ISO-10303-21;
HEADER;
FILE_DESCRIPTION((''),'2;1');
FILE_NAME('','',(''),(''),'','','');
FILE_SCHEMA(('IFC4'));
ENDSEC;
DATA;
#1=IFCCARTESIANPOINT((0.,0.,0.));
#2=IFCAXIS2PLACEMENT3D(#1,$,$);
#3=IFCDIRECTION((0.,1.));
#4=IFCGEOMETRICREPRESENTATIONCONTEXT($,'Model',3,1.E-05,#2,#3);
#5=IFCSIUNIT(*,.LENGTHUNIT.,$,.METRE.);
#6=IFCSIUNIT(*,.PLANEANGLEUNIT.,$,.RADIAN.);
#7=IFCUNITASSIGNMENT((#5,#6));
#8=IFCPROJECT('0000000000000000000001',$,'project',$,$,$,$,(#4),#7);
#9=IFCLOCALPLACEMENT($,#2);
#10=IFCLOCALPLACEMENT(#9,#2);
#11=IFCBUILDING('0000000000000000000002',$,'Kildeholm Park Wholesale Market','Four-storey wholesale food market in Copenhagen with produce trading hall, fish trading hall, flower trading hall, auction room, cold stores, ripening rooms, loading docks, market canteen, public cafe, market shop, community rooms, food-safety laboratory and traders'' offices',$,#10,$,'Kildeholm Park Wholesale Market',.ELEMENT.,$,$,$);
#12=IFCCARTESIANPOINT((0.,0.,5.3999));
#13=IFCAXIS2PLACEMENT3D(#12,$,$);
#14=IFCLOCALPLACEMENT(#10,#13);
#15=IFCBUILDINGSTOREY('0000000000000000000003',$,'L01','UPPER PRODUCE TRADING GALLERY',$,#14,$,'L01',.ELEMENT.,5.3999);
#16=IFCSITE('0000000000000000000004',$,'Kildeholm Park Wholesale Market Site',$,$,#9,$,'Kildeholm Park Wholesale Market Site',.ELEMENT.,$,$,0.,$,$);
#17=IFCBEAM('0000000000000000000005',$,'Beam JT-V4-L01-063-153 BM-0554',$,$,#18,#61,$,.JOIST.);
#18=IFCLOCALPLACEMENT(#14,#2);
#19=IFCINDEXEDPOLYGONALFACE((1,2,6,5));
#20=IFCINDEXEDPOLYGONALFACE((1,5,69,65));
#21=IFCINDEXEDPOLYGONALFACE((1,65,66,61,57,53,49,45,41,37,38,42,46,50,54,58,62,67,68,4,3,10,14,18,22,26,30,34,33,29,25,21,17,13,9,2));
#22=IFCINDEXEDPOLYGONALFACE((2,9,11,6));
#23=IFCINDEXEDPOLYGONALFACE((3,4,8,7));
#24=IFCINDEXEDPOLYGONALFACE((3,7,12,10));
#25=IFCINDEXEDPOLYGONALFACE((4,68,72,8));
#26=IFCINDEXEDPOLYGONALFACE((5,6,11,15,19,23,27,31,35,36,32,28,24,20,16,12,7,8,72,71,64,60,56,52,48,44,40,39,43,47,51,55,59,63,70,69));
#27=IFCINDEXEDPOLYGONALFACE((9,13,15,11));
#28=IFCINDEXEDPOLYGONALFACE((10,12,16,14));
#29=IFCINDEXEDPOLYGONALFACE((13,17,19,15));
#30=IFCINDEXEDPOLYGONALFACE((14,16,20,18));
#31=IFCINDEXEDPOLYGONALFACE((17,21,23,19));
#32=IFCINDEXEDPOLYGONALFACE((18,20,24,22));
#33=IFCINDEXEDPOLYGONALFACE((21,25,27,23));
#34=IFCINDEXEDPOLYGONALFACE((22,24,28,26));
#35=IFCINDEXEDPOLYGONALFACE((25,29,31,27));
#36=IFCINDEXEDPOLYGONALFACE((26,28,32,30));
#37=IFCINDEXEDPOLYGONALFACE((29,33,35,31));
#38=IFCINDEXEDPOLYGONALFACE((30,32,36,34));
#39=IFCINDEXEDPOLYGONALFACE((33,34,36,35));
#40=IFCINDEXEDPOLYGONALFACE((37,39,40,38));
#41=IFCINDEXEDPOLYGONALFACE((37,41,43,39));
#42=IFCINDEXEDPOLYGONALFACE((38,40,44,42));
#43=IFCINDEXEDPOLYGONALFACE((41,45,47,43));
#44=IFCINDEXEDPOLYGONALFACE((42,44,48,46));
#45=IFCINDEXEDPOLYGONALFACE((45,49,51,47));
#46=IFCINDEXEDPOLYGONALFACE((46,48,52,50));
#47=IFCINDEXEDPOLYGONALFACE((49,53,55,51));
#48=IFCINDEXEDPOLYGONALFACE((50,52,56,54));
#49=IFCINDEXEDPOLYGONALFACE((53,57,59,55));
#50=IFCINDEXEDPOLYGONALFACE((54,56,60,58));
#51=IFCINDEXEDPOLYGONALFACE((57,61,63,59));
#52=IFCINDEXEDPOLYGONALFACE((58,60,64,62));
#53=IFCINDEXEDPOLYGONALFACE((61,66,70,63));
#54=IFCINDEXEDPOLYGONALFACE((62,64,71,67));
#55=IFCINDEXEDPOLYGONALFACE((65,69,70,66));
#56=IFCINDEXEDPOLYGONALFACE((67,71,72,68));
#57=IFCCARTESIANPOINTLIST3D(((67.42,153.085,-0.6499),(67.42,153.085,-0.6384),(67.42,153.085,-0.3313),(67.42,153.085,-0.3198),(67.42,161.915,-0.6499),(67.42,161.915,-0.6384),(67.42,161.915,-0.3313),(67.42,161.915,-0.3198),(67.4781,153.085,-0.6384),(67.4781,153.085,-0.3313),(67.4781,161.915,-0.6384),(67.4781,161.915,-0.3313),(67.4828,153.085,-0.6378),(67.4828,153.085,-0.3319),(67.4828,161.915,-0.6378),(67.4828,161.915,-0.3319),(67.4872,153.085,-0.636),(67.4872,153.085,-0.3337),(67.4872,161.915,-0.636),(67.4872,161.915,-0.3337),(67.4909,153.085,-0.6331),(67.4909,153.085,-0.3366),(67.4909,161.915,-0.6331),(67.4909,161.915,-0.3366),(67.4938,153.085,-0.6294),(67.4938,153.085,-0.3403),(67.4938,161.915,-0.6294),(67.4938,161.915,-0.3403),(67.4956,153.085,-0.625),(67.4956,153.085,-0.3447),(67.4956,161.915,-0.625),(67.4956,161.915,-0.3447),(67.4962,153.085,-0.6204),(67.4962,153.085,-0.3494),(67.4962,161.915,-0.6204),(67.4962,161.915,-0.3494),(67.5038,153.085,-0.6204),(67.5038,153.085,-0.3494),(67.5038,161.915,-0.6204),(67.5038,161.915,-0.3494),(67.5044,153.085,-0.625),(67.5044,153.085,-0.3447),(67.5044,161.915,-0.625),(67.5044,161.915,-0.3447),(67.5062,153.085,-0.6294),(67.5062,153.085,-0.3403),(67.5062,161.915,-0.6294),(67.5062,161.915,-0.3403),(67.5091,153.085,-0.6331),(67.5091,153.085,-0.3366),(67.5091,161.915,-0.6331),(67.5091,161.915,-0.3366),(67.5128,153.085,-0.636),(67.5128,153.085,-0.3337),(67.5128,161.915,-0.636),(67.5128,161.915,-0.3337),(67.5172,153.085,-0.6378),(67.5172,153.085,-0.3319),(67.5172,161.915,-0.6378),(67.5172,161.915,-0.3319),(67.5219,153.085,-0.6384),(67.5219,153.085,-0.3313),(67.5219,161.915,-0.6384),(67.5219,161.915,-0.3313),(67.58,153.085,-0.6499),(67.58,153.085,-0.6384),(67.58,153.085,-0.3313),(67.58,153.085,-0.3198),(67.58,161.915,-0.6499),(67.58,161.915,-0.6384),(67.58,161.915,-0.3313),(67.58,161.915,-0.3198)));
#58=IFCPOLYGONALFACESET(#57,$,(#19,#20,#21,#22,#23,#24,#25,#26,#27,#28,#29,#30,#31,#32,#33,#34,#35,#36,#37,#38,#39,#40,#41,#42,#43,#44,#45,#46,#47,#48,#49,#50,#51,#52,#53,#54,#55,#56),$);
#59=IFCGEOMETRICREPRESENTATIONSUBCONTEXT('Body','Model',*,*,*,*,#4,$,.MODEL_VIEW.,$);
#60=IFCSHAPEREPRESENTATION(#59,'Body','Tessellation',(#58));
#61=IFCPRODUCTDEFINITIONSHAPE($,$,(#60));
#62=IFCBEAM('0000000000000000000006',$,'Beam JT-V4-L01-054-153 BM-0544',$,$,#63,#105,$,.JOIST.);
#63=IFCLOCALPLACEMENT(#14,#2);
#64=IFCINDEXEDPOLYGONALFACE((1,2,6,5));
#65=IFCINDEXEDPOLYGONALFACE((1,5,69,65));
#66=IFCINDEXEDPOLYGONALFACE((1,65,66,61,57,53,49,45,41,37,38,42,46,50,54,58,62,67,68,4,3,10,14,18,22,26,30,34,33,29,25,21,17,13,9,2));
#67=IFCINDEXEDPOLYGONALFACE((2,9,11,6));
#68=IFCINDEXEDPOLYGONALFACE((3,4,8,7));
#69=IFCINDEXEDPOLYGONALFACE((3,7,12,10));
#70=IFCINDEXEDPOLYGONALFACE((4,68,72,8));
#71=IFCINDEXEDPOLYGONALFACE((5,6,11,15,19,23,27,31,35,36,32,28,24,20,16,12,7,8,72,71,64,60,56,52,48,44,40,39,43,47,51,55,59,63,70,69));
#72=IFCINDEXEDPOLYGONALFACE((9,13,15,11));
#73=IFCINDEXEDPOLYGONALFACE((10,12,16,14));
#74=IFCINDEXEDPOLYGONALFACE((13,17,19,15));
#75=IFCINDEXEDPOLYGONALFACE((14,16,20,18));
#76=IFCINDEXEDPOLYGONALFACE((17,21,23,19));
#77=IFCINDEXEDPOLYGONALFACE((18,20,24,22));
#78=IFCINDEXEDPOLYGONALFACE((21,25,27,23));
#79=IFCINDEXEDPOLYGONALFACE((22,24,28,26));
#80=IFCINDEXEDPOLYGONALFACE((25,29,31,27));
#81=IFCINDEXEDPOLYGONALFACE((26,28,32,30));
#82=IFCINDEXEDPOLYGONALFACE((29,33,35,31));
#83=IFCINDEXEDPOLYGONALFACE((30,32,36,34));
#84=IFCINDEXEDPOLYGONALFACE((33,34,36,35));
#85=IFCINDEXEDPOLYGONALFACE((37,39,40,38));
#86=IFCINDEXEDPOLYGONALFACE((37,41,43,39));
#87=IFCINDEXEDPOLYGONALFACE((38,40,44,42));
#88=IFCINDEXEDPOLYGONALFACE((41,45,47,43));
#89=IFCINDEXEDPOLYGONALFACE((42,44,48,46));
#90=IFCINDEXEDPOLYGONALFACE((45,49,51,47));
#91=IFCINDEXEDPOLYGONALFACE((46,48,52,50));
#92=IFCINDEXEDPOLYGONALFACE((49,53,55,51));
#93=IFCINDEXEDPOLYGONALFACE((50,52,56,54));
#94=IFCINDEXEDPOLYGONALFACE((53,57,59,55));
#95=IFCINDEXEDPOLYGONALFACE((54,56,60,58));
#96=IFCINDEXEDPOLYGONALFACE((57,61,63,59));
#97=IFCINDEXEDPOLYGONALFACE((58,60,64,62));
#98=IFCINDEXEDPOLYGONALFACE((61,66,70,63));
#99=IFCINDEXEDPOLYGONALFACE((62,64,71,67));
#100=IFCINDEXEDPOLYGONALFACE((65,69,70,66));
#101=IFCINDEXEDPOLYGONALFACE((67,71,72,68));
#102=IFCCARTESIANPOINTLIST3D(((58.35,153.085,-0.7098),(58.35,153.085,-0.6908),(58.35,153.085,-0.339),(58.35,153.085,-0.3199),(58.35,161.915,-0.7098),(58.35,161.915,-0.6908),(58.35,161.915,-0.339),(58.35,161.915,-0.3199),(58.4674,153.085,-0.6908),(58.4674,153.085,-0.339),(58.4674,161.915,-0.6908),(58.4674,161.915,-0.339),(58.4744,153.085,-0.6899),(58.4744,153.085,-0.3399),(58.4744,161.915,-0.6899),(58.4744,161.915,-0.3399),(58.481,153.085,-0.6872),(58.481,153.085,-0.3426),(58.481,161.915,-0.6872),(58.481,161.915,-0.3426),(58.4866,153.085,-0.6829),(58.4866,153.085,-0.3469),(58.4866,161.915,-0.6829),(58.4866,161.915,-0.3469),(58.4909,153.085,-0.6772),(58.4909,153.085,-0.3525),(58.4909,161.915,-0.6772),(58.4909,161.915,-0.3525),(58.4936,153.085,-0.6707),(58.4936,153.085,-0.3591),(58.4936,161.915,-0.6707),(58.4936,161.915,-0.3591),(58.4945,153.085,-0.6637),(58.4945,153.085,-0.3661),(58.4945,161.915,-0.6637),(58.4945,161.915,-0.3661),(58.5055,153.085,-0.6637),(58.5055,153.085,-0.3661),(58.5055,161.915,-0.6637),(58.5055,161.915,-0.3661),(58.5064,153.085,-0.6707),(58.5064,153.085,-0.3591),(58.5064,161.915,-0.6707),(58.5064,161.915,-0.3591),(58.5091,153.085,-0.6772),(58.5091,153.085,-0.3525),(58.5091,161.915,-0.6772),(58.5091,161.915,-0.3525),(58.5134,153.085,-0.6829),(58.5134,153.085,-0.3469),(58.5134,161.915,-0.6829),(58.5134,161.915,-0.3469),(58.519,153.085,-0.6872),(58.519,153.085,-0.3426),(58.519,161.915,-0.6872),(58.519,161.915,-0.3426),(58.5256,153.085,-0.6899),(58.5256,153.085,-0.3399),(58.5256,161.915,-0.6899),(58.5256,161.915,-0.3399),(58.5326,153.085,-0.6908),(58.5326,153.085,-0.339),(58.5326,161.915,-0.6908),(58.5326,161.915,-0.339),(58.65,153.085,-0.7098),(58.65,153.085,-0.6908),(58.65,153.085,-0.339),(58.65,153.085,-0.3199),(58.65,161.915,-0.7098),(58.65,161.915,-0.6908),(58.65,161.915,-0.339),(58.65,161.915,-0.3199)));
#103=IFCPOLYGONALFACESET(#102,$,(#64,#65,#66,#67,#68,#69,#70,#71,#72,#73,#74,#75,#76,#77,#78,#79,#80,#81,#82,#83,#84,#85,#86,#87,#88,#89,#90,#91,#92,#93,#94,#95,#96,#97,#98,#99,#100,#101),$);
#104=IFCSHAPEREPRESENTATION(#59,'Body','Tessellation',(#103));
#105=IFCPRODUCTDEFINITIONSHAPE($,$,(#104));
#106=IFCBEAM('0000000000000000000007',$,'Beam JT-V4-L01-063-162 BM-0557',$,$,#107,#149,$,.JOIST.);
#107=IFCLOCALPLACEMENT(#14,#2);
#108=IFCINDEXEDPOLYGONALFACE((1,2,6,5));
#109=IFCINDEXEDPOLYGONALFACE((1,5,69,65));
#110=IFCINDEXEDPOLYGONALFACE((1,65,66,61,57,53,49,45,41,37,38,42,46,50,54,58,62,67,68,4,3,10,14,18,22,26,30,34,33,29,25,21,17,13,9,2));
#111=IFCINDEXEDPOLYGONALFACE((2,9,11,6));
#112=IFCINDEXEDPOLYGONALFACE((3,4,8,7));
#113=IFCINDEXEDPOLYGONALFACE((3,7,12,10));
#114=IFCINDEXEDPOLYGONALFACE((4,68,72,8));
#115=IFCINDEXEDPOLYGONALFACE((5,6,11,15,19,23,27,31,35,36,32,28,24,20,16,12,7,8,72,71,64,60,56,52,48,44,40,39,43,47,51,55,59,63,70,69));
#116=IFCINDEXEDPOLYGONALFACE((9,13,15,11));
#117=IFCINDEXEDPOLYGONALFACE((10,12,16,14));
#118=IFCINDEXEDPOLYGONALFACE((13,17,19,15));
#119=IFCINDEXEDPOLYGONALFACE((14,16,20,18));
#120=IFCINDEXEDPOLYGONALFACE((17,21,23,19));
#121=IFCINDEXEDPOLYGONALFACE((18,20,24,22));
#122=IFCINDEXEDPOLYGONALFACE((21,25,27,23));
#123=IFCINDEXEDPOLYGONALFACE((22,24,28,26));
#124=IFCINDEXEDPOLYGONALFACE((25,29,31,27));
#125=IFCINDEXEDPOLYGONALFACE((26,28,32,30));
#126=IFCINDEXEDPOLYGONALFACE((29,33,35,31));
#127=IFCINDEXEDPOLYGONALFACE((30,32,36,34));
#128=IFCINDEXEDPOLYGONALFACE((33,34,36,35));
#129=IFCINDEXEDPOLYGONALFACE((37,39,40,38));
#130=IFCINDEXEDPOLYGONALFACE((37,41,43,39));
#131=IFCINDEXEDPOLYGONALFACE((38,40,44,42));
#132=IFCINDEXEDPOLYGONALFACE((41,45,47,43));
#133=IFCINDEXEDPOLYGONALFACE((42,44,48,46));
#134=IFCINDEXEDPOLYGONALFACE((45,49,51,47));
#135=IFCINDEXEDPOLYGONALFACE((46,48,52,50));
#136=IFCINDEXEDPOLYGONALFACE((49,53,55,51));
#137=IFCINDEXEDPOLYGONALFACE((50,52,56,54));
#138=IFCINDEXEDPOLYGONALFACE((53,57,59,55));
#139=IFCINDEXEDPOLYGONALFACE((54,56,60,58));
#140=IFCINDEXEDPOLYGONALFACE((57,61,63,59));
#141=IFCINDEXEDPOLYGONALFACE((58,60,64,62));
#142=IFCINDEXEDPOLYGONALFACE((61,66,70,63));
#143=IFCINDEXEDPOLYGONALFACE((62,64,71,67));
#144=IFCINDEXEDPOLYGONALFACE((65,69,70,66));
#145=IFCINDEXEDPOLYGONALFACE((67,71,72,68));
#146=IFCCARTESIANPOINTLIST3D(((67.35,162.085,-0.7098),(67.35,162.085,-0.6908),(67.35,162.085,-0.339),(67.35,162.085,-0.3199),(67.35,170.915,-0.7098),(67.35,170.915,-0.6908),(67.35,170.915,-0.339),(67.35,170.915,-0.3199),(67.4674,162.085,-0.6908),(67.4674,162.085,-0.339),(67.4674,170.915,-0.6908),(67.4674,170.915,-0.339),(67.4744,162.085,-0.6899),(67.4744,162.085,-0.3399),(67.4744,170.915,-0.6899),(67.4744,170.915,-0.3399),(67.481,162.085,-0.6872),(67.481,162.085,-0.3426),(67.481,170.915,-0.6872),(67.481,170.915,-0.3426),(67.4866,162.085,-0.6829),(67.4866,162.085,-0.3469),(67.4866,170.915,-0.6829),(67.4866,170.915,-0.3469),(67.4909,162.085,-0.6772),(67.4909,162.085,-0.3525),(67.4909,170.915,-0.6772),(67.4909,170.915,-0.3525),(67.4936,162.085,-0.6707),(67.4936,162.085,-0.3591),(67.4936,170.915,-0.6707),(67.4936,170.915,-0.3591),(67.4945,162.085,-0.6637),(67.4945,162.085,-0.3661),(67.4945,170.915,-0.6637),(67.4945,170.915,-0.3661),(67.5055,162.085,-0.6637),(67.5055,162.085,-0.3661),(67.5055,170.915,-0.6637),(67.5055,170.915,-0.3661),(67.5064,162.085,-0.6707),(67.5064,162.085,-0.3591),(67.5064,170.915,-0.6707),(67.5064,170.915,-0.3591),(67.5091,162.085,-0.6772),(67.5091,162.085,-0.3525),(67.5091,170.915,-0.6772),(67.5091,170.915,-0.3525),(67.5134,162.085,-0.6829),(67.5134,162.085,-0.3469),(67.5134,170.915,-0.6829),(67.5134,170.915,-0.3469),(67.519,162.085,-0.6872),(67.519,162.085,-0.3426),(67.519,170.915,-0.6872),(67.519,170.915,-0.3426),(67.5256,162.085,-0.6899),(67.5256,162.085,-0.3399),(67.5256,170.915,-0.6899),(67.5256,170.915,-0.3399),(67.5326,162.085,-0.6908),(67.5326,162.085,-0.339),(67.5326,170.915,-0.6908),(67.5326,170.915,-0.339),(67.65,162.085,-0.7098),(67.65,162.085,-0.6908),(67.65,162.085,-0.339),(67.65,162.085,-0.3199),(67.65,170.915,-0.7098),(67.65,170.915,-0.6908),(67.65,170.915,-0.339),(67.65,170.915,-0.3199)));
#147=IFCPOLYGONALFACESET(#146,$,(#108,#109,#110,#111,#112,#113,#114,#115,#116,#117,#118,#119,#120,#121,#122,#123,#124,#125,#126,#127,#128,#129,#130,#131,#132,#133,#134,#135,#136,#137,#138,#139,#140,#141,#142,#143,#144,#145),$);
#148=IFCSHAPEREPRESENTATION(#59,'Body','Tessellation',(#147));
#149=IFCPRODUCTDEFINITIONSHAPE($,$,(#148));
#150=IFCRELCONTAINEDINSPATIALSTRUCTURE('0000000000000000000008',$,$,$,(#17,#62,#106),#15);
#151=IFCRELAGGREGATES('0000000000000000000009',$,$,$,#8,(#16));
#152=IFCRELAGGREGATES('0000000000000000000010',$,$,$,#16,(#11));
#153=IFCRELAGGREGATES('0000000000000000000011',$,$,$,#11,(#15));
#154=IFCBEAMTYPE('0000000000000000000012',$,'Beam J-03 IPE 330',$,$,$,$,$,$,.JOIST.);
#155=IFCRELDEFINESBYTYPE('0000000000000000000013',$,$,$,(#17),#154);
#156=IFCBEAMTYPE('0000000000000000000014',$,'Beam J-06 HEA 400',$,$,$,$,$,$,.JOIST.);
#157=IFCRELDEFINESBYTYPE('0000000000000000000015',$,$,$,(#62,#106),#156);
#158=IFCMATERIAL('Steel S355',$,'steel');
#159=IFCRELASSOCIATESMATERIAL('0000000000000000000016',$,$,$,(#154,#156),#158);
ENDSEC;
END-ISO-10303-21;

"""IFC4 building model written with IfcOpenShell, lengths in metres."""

from ifc_helpers import new_model, si_unit, direction, frame, origin, origin_2d, place, context, subcontext, project, spatial, i_section, extrude, material, material_profile, profile_set, type_object, element, save


model = new_model("IFC4")

# Units and contexts
model_context = context("Model", 3, precision=1e-05, world=origin(), true_north=direction((0.0, 1.0)))
body_context = subcontext(model_context, "Body", "Model", "MODEL_VIEW")
ifc_project = project(units=[si_unit("LENGTHUNIT", "METRE"), si_unit("PLANEANGLEUNIT", "RADIAN")], contexts=[model_context])

# Site, building, storey
site_placement = place(None, origin())
site = spatial("IfcSite", under=ifc_project, at=site_placement, Name="Kildeholm Park Wholesale Market Site", LongName="Kildeholm Park Wholesale Market Site", CompositionType="ELEMENT", RefElevation=0.0)
building_placement = place(site_placement, origin())
building = spatial("IfcBuilding", under=site, at=building_placement, Name="Kildeholm Park Wholesale Market", Description="Four-storey wholesale food market in Copenhagen with produce trading hall, fish trading hall, flower trading hall, auction room, cold stores, ripening rooms, loading docks, market canteen, public cafe, market shop, community rooms, food-safety laboratory and traders' offices", LongName="Kildeholm Park Wholesale Market", CompositionType="ELEMENT")
storey_placement = place(building_placement, frame((0.0, 0.0, 5.3999)))
storey = spatial("IfcBuildingStorey", under=building, at=storey_placement, Name="L01", Description="UPPER PRODUCE TRADING GALLERY", LongName="L01", CompositionType="ELEMENT", Elevation=5.3999)

# Beams
ifc_material_1 = material(Name="Steel S355", Category="steel")
ifc_material_profile_1 = material_profile(ifc_material_1, i_section(OverallWidth=0.1599, OverallDepth=0.3301, WebThickness=0.0076, FlangeThickness=0.0115, FilletRadius=0.0181, at=origin_2d()), Name="IPE 330")
ifc_profile_set_1 = profile_set([ifc_material_profile_1], Name="Steel S355")
beam_type_1 = type_object("IfcBeamType", Name="Beam J-03 IPE 330", PredefinedType="JOIST", material=ifc_profile_set_1)
for number, where, z_axis, x_axis, name in (
    (1, (67.5, 153.085, -0.4849), (0.0, 1.0, 0.0), (-1.0, 0.0, 0.0), "Beam JT-V4-L01-063-153 BM-0554"),
):
    element("IfcBeam", number, at=place(storey_placement, frame(where, z_axis=z_axis, x_axis=x_axis)), inside=storey, type_object=beam_type_1, Name=name, PredefinedType="JOIST", context=body_context, shape_type="SweptSolid", body=[
        extrude(i_section(OverallWidth=0.1599, OverallDepth=0.3301, WebThickness=0.0076, FlangeThickness=0.0115, FilletRadius=0.0181, at=origin_2d()), origin(), (0.0, 0.0, 1.0), 8.8301),
    ])
ifc_material_profile_2 = material_profile(ifc_material_1, i_section(OverallWidth=0.3, OverallDepth=0.3899, WebThickness=0.011, FlangeThickness=0.019, FilletRadius=0.0271, at=origin_2d()), Name="HEA 400")
ifc_profile_set_2 = profile_set([ifc_material_profile_2], Name="Steel S355")
beam_type_2 = type_object("IfcBeamType", Name="Beam J-06 HEA 400", PredefinedType="JOIST", material=ifc_profile_set_2)
for number, where, z_axis, x_axis, name in (
    (2, (58.5, 153.085, -0.5149), (0.0, 1.0, 0.0), (-1.0, 0.0, 0.0), "Beam JT-V4-L01-054-153 BM-0544"),
    (3, (67.5, 162.085, -0.5149), (0.0, 1.0, 0.0), (-1.0, 0.0, 0.0), "Beam JT-V4-L01-063-162 BM-0557"),
):
    element("IfcBeam", number, at=place(storey_placement, frame(where, z_axis=z_axis, x_axis=x_axis)), inside=storey, type_object=beam_type_2, Name=name, PredefinedType="JOIST", context=body_context, shape_type="SweptSolid", body=[
        extrude(i_section(OverallWidth=0.3, OverallDepth=0.3899, WebThickness=0.011, FlangeThickness=0.019, FilletRadius=0.0271, at=origin_2d()), origin(), (0.0, 0.0, 1.0), 8.8301),
    ])

save(model, "model.ifc")
